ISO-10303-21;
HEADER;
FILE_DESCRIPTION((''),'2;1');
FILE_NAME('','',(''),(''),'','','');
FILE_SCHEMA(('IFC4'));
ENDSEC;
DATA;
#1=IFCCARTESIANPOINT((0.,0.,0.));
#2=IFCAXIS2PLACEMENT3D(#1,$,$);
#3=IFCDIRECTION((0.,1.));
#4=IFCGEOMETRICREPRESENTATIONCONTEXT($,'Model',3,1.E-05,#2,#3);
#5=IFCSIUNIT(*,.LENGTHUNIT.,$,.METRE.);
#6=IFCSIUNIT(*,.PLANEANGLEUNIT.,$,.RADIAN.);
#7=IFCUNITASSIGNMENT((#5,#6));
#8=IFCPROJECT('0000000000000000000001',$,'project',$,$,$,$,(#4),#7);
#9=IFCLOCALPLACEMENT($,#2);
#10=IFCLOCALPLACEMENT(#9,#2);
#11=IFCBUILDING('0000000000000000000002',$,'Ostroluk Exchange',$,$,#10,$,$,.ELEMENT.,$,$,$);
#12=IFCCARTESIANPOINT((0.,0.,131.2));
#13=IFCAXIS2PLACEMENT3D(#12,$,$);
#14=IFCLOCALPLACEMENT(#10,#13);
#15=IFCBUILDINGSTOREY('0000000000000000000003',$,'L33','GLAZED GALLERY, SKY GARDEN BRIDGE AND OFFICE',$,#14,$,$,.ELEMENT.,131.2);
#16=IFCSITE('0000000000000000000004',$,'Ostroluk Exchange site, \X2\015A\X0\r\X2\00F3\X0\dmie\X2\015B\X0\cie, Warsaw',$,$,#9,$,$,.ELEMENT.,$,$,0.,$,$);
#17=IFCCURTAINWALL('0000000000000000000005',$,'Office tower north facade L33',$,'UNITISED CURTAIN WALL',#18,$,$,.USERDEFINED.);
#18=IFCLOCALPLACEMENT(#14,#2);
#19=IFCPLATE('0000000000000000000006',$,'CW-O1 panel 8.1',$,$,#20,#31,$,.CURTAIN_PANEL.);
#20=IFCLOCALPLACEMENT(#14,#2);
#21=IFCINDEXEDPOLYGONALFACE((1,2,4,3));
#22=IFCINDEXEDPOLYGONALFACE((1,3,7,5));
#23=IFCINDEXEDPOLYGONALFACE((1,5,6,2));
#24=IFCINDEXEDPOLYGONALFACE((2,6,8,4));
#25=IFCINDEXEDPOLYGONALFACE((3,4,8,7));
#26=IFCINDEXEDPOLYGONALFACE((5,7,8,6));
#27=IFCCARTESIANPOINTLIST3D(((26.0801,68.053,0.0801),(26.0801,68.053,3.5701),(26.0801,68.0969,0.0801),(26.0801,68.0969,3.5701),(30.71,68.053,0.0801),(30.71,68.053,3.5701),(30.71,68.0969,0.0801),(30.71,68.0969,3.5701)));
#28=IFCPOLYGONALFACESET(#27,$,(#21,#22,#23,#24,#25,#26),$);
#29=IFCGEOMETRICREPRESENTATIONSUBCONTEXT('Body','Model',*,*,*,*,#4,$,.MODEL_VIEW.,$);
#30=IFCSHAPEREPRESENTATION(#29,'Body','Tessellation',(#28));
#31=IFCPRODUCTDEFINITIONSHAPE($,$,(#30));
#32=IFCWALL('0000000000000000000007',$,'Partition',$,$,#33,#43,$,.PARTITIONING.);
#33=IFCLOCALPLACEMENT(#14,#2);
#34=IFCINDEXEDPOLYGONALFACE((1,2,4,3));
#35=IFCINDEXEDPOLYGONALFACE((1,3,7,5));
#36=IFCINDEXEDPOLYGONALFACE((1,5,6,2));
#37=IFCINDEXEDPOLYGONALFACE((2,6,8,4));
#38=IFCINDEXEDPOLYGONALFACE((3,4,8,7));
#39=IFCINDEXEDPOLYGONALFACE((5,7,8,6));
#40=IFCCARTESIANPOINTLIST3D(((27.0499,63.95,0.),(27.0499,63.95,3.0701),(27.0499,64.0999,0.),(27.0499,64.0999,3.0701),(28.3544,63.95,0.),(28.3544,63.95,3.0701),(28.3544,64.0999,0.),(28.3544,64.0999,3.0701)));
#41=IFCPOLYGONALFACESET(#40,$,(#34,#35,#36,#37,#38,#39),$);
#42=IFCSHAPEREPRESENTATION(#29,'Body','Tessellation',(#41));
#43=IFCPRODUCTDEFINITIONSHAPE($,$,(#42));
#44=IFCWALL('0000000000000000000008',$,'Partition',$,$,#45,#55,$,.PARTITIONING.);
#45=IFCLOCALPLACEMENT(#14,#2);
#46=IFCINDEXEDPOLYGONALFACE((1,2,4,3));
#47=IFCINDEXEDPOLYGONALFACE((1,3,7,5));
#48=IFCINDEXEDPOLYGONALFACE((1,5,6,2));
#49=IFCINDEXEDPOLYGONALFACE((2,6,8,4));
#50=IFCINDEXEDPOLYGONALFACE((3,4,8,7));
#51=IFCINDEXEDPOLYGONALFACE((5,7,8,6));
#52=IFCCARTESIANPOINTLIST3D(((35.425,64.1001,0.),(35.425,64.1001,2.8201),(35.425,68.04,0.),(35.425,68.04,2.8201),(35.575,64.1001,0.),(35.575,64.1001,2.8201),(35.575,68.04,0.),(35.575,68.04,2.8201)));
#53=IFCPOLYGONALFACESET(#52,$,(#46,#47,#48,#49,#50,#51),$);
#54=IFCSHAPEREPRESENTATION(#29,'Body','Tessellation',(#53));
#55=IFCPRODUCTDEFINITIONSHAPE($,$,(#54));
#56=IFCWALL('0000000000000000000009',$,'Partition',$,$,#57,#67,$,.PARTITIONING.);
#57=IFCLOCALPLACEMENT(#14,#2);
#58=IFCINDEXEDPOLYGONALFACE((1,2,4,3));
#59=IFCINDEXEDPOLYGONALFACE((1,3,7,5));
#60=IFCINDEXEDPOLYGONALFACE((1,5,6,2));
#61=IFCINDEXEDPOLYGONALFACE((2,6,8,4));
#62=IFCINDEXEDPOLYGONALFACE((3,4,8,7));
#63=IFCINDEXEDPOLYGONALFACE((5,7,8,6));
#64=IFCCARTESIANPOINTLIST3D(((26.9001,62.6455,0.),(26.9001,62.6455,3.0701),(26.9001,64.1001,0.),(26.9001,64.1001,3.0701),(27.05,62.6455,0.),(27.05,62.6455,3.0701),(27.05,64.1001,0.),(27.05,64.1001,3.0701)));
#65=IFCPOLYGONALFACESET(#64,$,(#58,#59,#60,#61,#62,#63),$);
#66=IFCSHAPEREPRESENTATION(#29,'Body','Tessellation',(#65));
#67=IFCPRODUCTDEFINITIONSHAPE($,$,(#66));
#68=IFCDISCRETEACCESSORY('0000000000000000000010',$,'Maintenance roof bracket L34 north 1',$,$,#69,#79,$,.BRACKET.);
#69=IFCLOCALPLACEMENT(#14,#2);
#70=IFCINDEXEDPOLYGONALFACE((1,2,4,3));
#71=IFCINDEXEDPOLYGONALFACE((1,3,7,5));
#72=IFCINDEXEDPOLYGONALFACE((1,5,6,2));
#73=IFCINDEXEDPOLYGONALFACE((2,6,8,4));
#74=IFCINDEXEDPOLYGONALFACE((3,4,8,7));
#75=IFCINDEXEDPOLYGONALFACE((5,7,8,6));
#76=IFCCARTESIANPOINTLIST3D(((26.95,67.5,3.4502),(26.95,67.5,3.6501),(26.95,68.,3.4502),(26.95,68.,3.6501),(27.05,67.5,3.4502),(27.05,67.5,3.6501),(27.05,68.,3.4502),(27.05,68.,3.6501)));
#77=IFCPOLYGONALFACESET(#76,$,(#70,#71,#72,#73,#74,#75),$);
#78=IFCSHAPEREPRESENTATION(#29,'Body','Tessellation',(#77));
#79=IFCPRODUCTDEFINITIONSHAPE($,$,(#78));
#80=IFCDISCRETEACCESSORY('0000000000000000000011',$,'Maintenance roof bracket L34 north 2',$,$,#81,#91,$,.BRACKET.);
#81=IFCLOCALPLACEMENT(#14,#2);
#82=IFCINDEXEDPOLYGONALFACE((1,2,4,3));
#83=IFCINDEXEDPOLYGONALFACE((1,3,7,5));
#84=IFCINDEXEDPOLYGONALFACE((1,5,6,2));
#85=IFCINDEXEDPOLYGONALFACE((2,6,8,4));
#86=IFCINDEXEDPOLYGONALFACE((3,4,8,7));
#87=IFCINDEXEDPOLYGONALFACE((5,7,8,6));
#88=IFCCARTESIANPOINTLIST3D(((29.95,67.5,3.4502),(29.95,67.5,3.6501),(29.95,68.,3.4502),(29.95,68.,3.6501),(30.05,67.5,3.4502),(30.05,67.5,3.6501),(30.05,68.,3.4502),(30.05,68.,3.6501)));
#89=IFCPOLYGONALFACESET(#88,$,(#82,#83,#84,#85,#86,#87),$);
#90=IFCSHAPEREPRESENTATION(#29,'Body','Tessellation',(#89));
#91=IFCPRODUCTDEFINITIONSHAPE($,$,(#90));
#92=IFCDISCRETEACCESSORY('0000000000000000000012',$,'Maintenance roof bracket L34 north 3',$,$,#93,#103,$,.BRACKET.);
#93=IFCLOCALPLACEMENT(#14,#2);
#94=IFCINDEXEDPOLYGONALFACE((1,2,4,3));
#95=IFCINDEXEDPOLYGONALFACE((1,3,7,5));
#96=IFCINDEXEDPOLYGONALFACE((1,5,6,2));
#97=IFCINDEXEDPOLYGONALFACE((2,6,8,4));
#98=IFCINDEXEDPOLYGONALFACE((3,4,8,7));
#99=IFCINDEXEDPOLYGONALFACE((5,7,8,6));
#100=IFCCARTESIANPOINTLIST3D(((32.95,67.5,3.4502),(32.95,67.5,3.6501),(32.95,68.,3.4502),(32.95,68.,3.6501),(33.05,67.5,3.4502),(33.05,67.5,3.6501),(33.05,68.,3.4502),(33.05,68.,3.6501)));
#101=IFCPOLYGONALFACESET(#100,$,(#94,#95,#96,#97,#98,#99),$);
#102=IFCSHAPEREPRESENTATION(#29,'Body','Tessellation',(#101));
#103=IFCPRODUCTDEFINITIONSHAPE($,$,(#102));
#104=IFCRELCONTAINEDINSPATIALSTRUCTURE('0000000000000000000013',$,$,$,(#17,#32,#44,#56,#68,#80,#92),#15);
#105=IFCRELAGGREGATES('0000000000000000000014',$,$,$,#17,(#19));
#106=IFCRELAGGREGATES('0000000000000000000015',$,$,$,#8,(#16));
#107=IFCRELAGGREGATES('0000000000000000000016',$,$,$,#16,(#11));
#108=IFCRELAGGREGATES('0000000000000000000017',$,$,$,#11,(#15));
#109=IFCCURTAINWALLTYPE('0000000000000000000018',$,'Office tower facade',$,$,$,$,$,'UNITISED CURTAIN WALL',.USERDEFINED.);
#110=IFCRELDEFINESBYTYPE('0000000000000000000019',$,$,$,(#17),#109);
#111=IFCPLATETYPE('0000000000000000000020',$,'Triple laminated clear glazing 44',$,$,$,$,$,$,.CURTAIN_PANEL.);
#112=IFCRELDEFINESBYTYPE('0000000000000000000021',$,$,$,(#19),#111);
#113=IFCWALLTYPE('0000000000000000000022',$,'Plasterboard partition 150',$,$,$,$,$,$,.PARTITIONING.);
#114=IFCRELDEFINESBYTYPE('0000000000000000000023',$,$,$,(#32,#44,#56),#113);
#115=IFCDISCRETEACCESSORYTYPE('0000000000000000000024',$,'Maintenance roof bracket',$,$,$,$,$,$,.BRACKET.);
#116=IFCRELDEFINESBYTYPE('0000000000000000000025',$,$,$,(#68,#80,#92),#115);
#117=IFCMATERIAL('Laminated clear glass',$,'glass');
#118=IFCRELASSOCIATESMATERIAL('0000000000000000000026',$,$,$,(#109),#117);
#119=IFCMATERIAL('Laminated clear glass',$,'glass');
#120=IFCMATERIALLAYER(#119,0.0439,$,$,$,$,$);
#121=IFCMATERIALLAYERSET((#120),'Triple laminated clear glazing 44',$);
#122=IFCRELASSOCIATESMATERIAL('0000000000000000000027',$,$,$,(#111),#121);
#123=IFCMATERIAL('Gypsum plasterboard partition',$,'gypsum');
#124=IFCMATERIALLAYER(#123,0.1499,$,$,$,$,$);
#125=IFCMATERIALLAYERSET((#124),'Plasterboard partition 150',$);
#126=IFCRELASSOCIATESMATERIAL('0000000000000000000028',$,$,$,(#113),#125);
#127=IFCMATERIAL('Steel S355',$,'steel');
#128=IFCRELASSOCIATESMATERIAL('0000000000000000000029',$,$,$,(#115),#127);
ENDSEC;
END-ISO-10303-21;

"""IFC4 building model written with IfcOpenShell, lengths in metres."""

from ifc_helpers import new_model, si_unit, direction, frame, frame_2d, origin, origin_2d, place, context, subcontext, project, spatial, rectangle, extrude, material, layer, layer_set, type_object, element, aggregate, save


model = new_model("IFC4")

# Units and contexts
model_context = context("Model", 3, precision=1e-05, world=origin(), true_north=direction((0.0, 1.0)))
body_context = subcontext(model_context, "Body", "Model", "MODEL_VIEW")
ifc_project = project(units=[si_unit("LENGTHUNIT", "METRE"), si_unit("PLANEANGLEUNIT", "RADIAN")], contexts=[model_context])

# Site, building, storey
site_placement = place(None, origin())
site = spatial("IfcSite", under=ifc_project, at=site_placement, Name="Ostroluk Exchange site, Śródmieście, Warsaw", CompositionType="ELEMENT", RefElevation=0.0)
building_placement = place(site_placement, origin())
building = spatial("IfcBuilding", under=site, at=building_placement, Name="Ostroluk Exchange", CompositionType="ELEMENT")
storey_placement = place(building_placement, frame((0.0, 0.0, 131.2)))
storey = spatial("IfcBuildingStorey", under=building, at=storey_placement, Name="L33", Description="GLAZED GALLERY, SKY GARDEN BRIDGE AND OFFICE", CompositionType="ELEMENT", Elevation=131.2)

# Curtain wall, plate
ifc_material_1 = material(Name="Laminated clear glass", Category="glass")
curtain_wall_type = type_object("IfcCurtainWallType", Name="Office tower facade", ElementType="UNITISED CURTAIN WALL", PredefinedType="USERDEFINED", material=ifc_material_1)
curtain_wall_placement = place(storey_placement, origin())
curtain_wall = element("IfcCurtainWall", 1, at=curtain_wall_placement, inside=storey, type_object=curtain_wall_type, Name="Office tower north facade L33", ObjectType="UNITISED CURTAIN WALL", PredefinedType="USERDEFINED")
ifc_material_2 = material(Name="Laminated clear glass", Category="glass")
ifc_layer_1 = layer(ifc_material_2, 0.0439)
ifc_layer_set_1 = layer_set([ifc_layer_1], Name="Triple laminated clear glazing 44")
plate_type = type_object("IfcPlateType", Name="Triple laminated clear glazing 44", PredefinedType="CURTAIN_PANEL", material=ifc_layer_set_1)
plate_1_placement = place(storey_placement, frame((28.395, 68.075, 0.0801), z_axis=(0.0, 0.0, 1.0), x_axis=(-1.0, 0.0, 0.0)))
plate_1 = element("IfcPlate", 2, at=plate_1_placement, type_object=plate_type, Name="CW-O1 panel 8.1", PredefinedType="CURTAIN_PANEL", context=body_context, shape_type="SweptSolid", body=[
    extrude(rectangle(XDim=4.6299, YDim=0.0439, at=origin_2d()), origin(), (0.0, 0.0, 1.0), 3.49),
])
aggregate(curtain_wall, [plate_1])

# Walls
ifc_material_3 = material(Name="Gypsum plasterboard partition", Category="gypsum")
ifc_layer_2 = layer(ifc_material_3, 0.1499)
ifc_layer_set_2 = layer_set([ifc_layer_2], Name="Plasterboard partition 150")
wall_type = type_object("IfcWallType", Name="Plasterboard partition 150", PredefinedType="PARTITIONING", material=ifc_layer_set_2)
wall_1_placement = place(storey_placement, frame((28.3545, 64.0249, 0.0), z_axis=(0.0, 0.0, 1.0), x_axis=(-1.0, 0.0, 0.0)))
element("IfcWall", 3, at=wall_1_placement, inside=storey, type_object=wall_type, Name="Partition", PredefinedType="PARTITIONING", context=body_context, shape_type="SweptSolid", body=[
    extrude(rectangle(XDim=1.3044, YDim=0.1499, at=frame_2d((0.6523, 0.0))), origin(), (0.0, 0.0, 1.0), 3.0701),
])
wall_2_placement = place(storey_placement, frame((35.5, 64.1001, 0.0), z_axis=(0.0, 0.0, 1.0), x_axis=(0.0, 1.0, 0.0)))
element("IfcWall", 4, at=wall_2_placement, inside=storey, type_object=wall_type, Name="Partition", PredefinedType="PARTITIONING", context=body_context, shape_type="SweptSolid", body=[
    extrude(rectangle(XDim=3.9399, YDim=0.1499, at=frame_2d((1.97, 0.0))), origin(), (0.0, 0.0, 1.0), 2.8201),
])
wall_3_placement = place(storey_placement, frame((26.9751, 64.1001, 0.0), z_axis=(0.0, 0.0, 1.0), x_axis=(0.0, -1.0, 0.0)))
element("IfcWall", 5, at=wall_3_placement, inside=storey, type_object=wall_type, Name="Partition", PredefinedType="PARTITIONING", context=body_context, shape_type="SweptSolid", body=[
    extrude(rectangle(XDim=1.4546, YDim=0.1499, at=frame_2d((0.7273, 0.0))), origin(), (0.0, 0.0, 1.0), 3.0701),
])

# Discrete accessories
ifc_material_4 = material(Name="Steel S355", Category="steel")
discrete_accessory_type = type_object("IfcDiscreteAccessoryType", Name="Maintenance roof bracket", PredefinedType="BRACKET", material=ifc_material_4)
for number, where, z_axis, x_axis, name in (
    (6, (27.0, 67.75, 3.4502), (0.0, 0.0, 1.0), (1.0, 0.0, 0.0), "Maintenance roof bracket L34 north 1"),
    (7, (30.0, 67.75, 3.4502), (0.0, 0.0, 1.0), (1.0, 0.0, 0.0), "Maintenance roof bracket L34 north 2"),
    (8, (33.0, 67.75, 3.4502), (0.0, 0.0, 1.0), (1.0, 0.0, 0.0), "Maintenance roof bracket L34 north 3"),
):
    element("IfcDiscreteAccessory", number, at=place(storey_placement, frame(where, z_axis=z_axis, x_axis=x_axis)), inside=storey, type_object=discrete_accessory_type, Name=name, PredefinedType="BRACKET", context=body_context, shape_type="SweptSolid", body=[
        extrude(rectangle(XDim=0.1001, YDim=0.5, at=origin_2d()), origin(), (0.0, 0.0, 1.0), 0.2),
    ])

save(model, "model.ifc")
